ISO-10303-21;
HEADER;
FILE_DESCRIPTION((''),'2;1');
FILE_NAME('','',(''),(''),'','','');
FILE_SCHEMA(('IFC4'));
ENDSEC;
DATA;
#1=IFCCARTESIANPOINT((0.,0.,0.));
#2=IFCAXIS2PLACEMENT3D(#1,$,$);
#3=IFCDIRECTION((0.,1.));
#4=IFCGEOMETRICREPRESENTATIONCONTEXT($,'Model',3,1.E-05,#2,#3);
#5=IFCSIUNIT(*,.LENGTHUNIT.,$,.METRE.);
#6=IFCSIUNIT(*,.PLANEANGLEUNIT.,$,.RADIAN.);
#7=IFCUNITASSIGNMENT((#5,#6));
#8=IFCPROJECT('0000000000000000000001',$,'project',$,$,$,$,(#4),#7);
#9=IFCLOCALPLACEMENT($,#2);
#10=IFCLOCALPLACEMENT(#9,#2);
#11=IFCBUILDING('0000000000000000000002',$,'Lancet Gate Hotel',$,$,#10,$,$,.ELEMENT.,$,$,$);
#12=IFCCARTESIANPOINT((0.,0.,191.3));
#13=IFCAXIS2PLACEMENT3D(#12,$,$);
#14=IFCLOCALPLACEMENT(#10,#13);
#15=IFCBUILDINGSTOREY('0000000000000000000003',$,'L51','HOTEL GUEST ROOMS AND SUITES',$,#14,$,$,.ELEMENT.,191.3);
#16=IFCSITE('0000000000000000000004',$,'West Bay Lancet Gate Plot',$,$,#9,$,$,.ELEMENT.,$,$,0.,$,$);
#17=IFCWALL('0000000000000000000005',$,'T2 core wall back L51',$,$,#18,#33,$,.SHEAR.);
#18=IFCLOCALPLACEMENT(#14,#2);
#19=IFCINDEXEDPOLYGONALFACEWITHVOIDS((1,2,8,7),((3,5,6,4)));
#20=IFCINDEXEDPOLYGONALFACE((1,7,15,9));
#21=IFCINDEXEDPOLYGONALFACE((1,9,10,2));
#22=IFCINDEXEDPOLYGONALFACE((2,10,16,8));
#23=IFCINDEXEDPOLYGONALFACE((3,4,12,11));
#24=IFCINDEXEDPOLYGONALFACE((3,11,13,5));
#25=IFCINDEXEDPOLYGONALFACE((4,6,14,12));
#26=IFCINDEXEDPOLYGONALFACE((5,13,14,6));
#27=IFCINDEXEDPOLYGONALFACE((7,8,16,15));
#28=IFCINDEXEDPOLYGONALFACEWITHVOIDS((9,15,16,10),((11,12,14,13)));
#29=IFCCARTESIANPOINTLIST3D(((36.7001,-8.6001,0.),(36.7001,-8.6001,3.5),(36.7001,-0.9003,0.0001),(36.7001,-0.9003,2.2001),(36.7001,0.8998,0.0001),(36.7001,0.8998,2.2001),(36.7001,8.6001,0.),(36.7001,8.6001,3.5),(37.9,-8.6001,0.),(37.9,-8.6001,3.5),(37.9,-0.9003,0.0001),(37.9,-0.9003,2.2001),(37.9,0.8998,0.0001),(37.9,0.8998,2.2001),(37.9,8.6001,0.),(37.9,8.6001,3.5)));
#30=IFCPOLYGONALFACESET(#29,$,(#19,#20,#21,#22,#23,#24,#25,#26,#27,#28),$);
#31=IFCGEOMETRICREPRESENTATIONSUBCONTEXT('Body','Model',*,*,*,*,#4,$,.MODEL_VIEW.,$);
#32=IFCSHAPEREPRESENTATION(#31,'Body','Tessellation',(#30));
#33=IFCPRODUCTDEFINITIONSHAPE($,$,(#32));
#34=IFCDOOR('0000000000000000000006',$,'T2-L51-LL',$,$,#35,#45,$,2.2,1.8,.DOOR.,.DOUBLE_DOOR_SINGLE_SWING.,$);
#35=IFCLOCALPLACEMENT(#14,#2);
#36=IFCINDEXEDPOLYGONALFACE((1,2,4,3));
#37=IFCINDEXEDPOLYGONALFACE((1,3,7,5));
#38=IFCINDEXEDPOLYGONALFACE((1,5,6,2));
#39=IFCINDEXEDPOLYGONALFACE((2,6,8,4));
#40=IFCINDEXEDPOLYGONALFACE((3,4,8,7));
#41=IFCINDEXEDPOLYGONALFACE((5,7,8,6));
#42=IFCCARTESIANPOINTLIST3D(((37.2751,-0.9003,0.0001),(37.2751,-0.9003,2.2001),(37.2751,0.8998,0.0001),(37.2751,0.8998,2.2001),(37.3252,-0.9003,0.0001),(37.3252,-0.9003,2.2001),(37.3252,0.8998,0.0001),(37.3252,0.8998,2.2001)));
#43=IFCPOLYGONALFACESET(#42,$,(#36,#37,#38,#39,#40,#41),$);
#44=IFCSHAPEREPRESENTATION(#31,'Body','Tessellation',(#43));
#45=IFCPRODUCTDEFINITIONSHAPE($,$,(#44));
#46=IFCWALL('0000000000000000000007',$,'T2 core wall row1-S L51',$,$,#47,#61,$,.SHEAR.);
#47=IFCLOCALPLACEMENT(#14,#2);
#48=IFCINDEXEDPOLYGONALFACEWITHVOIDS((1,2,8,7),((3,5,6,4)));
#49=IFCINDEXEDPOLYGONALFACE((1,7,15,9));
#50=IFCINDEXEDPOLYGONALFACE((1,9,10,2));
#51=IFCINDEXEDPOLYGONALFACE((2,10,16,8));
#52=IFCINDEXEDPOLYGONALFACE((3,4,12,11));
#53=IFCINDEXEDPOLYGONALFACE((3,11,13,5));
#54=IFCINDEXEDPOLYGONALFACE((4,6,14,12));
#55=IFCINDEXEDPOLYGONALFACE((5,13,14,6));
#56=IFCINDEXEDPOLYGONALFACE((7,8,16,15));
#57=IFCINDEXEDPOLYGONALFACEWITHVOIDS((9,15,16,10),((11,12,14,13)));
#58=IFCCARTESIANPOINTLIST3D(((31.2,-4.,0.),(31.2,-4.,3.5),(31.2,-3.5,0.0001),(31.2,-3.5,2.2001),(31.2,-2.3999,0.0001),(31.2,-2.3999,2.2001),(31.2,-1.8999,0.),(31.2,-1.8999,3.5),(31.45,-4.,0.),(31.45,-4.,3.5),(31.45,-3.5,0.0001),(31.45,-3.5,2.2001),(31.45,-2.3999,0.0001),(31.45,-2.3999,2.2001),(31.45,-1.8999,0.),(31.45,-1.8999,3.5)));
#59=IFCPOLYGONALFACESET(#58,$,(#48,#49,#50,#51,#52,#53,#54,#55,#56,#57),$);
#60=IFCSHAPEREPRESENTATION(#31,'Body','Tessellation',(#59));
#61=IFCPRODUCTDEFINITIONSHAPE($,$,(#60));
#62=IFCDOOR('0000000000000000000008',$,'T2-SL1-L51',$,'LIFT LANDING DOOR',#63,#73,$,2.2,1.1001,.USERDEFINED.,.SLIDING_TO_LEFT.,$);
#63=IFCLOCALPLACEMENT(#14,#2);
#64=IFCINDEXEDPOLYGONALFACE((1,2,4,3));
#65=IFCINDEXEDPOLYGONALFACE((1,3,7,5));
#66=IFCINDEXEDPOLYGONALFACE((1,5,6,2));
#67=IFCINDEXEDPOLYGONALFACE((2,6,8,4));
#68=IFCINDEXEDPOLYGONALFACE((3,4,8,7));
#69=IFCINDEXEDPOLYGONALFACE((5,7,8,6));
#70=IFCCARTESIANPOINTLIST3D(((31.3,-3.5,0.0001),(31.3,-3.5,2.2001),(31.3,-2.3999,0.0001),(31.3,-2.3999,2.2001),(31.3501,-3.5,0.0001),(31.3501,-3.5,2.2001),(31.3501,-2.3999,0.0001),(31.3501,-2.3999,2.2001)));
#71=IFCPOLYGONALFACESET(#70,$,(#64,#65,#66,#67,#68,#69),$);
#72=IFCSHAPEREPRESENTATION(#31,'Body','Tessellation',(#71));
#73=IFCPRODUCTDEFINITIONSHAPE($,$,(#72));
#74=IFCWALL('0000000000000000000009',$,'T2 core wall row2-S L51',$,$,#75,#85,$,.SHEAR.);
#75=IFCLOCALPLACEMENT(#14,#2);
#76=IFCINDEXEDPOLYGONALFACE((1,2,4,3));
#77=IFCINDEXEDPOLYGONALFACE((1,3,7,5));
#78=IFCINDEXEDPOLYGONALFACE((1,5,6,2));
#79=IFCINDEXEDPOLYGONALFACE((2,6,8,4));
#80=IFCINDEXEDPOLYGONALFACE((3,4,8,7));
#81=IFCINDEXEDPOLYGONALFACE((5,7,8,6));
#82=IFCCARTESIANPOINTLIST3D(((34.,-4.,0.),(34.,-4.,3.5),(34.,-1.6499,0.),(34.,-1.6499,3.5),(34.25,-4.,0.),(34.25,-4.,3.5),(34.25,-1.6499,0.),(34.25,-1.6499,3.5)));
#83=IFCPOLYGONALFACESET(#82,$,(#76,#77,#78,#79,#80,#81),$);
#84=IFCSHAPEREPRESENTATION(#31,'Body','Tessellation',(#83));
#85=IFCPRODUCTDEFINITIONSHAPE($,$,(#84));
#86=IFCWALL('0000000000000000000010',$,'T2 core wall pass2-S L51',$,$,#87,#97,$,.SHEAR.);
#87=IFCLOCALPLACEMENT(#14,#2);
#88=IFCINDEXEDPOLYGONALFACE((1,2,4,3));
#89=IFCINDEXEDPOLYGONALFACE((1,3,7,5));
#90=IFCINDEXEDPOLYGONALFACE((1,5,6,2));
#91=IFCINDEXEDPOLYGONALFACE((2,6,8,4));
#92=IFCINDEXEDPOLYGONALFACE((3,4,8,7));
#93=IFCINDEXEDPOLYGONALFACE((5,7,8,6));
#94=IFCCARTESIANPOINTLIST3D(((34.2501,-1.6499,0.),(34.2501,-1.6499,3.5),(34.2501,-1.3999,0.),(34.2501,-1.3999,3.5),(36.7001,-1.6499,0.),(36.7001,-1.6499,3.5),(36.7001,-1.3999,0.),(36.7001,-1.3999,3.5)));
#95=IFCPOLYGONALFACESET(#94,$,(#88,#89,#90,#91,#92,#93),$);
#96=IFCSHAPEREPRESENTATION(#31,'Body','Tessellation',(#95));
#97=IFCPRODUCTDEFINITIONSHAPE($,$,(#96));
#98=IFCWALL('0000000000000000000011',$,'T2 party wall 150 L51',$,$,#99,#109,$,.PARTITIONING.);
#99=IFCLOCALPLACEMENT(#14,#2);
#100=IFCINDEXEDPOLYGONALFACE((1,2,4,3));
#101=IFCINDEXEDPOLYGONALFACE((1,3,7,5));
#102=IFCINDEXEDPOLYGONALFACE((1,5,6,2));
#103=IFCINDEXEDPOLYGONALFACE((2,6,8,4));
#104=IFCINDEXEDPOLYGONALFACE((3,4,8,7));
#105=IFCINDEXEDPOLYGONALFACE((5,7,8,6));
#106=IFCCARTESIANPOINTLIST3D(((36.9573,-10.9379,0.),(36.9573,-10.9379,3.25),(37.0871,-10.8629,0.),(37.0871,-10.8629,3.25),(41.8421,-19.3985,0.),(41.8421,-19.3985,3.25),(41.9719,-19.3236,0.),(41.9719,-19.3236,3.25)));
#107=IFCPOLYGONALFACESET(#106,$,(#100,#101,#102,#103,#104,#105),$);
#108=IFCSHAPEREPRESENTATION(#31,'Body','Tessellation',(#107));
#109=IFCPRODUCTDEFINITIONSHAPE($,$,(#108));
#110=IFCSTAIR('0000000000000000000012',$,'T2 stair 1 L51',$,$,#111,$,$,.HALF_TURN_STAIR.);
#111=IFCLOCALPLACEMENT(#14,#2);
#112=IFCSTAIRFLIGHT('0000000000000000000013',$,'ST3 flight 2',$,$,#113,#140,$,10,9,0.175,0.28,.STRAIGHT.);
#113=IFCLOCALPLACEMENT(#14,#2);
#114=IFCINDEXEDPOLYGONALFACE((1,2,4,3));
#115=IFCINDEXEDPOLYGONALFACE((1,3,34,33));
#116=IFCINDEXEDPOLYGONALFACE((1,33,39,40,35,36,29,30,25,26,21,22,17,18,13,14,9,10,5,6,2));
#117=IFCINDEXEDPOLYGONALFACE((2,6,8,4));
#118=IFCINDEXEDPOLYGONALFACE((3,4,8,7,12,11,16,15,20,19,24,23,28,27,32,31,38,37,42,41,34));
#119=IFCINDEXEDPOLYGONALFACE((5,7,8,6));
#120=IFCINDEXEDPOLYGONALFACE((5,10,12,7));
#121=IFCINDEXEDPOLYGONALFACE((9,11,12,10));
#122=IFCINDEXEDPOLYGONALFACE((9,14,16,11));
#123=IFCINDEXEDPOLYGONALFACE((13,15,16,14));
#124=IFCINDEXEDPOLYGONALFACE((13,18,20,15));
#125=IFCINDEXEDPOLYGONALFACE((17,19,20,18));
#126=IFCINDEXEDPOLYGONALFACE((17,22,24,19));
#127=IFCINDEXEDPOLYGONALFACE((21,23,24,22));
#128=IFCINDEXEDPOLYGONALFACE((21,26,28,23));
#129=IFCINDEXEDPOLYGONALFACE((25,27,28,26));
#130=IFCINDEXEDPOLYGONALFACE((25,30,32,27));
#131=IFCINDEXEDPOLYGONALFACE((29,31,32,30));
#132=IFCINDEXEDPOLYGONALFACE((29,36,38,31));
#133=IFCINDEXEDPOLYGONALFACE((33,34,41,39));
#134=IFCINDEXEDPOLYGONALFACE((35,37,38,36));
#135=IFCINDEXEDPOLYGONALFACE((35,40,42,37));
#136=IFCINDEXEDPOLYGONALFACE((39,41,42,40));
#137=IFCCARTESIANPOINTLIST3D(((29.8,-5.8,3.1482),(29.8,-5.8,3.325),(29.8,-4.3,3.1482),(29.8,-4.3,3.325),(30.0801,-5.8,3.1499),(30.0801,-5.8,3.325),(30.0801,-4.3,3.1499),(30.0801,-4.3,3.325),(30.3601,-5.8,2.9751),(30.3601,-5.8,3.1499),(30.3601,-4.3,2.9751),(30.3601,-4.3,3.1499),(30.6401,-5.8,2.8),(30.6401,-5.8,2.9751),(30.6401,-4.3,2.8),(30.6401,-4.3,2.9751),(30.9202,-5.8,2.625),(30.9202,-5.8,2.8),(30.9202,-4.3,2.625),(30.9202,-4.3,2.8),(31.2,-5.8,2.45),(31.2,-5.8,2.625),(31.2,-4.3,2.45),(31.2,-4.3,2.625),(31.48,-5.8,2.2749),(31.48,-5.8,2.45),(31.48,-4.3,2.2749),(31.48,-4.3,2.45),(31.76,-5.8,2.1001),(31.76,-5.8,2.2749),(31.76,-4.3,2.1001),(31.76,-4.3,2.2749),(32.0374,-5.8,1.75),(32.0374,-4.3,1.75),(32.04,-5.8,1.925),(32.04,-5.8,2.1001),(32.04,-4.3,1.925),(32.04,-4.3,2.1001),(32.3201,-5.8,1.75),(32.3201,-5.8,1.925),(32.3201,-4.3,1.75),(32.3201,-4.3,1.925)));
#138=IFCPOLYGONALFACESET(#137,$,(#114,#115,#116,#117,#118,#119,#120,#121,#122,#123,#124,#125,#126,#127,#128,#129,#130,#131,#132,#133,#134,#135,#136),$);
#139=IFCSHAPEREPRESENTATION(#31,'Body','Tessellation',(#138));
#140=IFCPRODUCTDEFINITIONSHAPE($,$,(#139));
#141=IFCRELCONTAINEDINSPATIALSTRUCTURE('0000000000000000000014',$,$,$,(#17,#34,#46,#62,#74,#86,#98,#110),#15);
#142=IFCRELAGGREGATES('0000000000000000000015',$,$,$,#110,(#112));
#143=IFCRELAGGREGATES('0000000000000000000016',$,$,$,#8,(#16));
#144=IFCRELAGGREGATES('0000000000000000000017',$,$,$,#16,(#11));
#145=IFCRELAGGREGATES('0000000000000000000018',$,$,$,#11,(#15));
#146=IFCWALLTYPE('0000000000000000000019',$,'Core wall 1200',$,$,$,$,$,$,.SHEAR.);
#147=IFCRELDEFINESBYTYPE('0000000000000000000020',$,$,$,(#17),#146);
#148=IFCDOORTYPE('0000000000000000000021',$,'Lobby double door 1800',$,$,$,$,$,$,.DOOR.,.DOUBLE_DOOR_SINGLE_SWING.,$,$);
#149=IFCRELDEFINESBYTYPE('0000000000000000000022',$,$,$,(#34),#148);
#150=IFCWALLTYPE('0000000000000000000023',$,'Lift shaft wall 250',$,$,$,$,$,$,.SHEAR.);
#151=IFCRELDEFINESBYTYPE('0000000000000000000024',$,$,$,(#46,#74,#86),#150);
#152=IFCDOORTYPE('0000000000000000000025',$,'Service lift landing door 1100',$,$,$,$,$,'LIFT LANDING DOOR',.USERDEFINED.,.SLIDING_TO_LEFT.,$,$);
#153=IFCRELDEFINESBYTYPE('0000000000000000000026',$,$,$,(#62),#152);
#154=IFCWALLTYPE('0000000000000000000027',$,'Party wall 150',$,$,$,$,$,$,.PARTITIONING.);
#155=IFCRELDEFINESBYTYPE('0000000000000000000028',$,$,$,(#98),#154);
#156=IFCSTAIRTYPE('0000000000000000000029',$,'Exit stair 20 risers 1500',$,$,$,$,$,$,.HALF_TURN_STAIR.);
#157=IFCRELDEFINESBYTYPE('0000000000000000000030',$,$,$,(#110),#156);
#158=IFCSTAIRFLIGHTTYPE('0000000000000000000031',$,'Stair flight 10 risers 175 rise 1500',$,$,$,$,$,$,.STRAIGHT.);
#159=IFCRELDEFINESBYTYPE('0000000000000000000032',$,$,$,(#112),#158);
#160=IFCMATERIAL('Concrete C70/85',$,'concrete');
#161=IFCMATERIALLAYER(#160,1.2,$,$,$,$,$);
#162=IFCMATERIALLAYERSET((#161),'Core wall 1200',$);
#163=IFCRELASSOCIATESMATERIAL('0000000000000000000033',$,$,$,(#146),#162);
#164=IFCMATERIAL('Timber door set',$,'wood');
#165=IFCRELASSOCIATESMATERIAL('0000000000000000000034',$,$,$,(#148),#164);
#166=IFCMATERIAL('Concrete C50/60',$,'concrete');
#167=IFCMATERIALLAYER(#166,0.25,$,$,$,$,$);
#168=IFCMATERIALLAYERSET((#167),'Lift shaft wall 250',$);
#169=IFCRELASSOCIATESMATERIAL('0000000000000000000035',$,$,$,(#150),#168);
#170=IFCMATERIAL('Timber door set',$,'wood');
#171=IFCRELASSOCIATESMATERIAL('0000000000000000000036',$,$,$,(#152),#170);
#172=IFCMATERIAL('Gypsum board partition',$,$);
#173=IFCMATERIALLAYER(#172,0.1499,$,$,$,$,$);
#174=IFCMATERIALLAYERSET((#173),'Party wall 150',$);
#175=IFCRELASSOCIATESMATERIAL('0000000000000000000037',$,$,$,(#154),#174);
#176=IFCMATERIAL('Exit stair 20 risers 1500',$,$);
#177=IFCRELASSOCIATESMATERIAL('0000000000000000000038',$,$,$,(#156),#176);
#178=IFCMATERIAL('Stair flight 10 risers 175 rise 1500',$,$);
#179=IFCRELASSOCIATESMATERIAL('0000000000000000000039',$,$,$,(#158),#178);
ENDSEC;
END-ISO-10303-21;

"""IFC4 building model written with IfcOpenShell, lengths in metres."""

from ifc_helpers import new_model, si_unit, direction, frame, frame_2d, origin, place, context, subcontext, project, spatial, polyline, rectangle, outline, extrude, material, layer, layer_set, type_object, element, fill, aggregate, save


model = new_model("IFC4")

# Units and contexts
model_context = context("Model", 3, precision=1e-05, world=origin(), true_north=direction((0.0, 1.0)))
body_context = subcontext(model_context, "Body", "Model", "MODEL_VIEW")
ifc_project = project(units=[si_unit("LENGTHUNIT", "METRE"), si_unit("PLANEANGLEUNIT", "RADIAN")], contexts=[model_context])

# Site, building, storey
site_placement = place(None, origin())
site = spatial("IfcSite", under=ifc_project, at=site_placement, Name="West Bay Lancet Gate Plot", CompositionType="ELEMENT", RefElevation=0.0)
building_placement = place(site_placement, origin())
building = spatial("IfcBuilding", under=site, at=building_placement, Name="Lancet Gate Hotel", CompositionType="ELEMENT")
storey_placement = place(building_placement, frame((0.0, 0.0, 191.3)))
storey = spatial("IfcBuildingStorey", under=building, at=storey_placement, Name="L51", Description="HOTEL GUEST ROOMS AND SUITES", CompositionType="ELEMENT", Elevation=191.3)

# Walls, openings, doors
ifc_material_1 = material(Name="Concrete C70/85", Category="concrete")
ifc_layer_1 = layer(ifc_material_1, 1.2)
ifc_layer_set_1 = layer_set([ifc_layer_1], Name="Core wall 1200")
wall_type_1 = type_object("IfcWallType", Name="Core wall 1200", PredefinedType="SHEAR", material=ifc_layer_set_1)
wall_1_placement = place(storey_placement, frame((37.3, -8.6001, 0.0), z_axis=(0.0, 0.0, 1.0), x_axis=(0.0, 1.0, 0.0)))
wall_1 = element("IfcWall", 1, at=wall_1_placement, inside=storey, type_object=wall_type_1, Name="T2 core wall back L51", PredefinedType="SHEAR", context=body_context, shape_type="SweptSolid", body=[
    extrude(rectangle(XDim=17.2002, YDim=1.2, at=frame_2d((8.6001, 0.0))), origin(), (0.0, 0.0, 1.0), 3.5),
])
opening_1_placement = place(wall_1_placement, frame((7.7, 0.0, 0.0)))
opening_1 = element("IfcOpeningElement", 2, at=opening_1_placement, cuts=wall_1, PredefinedType="OPENING", context=body_context, shape_type="SweptSolid", body=[
    extrude(rectangle(XDim=1.8, YDim=2.2, at=frame_2d((0.8999, 1.1001))), frame((0.0, 0.6099, 0.0), z_axis=(0.0, -1.0, 0.0), x_axis=(1.0, 0.0, 0.0)), (0.0, 0.0, 1.0), 1.22),
])
ifc_material_2 = material(Name="Timber door set", Category="wood")
door_type_1 = type_object("IfcDoorType", Name="Lobby double door 1800", OperationType="DOUBLE_DOOR_SINGLE_SWING", PredefinedType="DOOR", material=ifc_material_2)
door_1_placement = place(opening_1_placement, origin())
door_1 = element("IfcDoor", 3, at=door_1_placement, inside=storey, type_object=door_type_1, Name="T2-L51-LL", OperationType="DOUBLE_DOOR_SINGLE_SWING", OverallHeight=2.2, OverallWidth=1.8, PredefinedType="DOOR", context=body_context, shape_type="SweptSolid", body=[
    extrude(rectangle(XDim=1.8, YDim=2.2, at=frame_2d((0.8999, 1.1001))), frame((0.0, 0.0249, 0.0), z_axis=(0.0, -1.0, 0.0), x_axis=(1.0, 0.0, 0.0)), (0.0, 0.0, 1.0), 0.05),
])
fill(opening_1, door_1)
ifc_material_3 = material(Name="Concrete C50/60", Category="concrete")
ifc_layer_2 = layer(ifc_material_3, 0.25)
ifc_layer_set_2 = layer_set([ifc_layer_2], Name="Lift shaft wall 250")
wall_type_2 = type_object("IfcWallType", Name="Lift shaft wall 250", PredefinedType="SHEAR", material=ifc_layer_set_2)
wall_2_placement = place(storey_placement, frame((31.325, -4.0, 0.0), z_axis=(0.0, 0.0, 1.0), x_axis=(0.0, 1.0, 0.0)))
wall_2 = element("IfcWall", 4, at=wall_2_placement, inside=storey, type_object=wall_type_2, Name="T2 core wall row1-S L51", PredefinedType="SHEAR", context=body_context, shape_type="SweptSolid", body=[
    extrude(rectangle(XDim=2.1001, YDim=0.25, at=frame_2d((1.05, 0.0))), origin(), (0.0, 0.0, 1.0), 3.5),
])
opening_2_placement = place(wall_2_placement, frame((0.5, 0.0, 0.0)))
opening_2 = element("IfcOpeningElement", 5, at=opening_2_placement, cuts=wall_2, PredefinedType="OPENING", context=body_context, shape_type="SweptSolid", body=[
    extrude(rectangle(XDim=1.1001, YDim=2.2, at=frame_2d((0.55, 1.1001))), frame((0.0, 0.135, 0.0), z_axis=(0.0, -1.0, 0.0), x_axis=(1.0, 0.0, 0.0)), (0.0, 0.0, 1.0), 0.27),
])
ifc_material_4 = material(Name="Timber door set", Category="wood")
door_type_2 = type_object("IfcDoorType", Name="Service lift landing door 1100", ElementType="LIFT LANDING DOOR", OperationType="SLIDING_TO_LEFT", PredefinedType="USERDEFINED", material=ifc_material_4)
door_2_placement = place(opening_2_placement, origin())
door_2 = element("IfcDoor", 6, at=door_2_placement, inside=storey, type_object=door_type_2, Name="T2-SL1-L51", ObjectType="LIFT LANDING DOOR", OperationType="SLIDING_TO_LEFT", OverallHeight=2.2, OverallWidth=1.1001, PredefinedType="USERDEFINED", context=body_context, shape_type="SweptSolid", body=[
    extrude(rectangle(XDim=1.1001, YDim=2.2, at=frame_2d((0.55, 1.1001))), frame((0.0, 0.0249, 0.0), z_axis=(0.0, -1.0, 0.0), x_axis=(1.0, 0.0, 0.0)), (0.0, 0.0, 1.0), 0.05),
])
fill(opening_2, door_2)

# Walls
wall_3_placement = place(storey_placement, frame((34.125, -4.0, 0.0), z_axis=(0.0, 0.0, 1.0), x_axis=(0.0, 1.0, 0.0)))
element("IfcWall", 7, at=wall_3_placement, inside=storey, type_object=wall_type_2, Name="T2 core wall row2-S L51", PredefinedType="SHEAR", context=body_context, shape_type="SweptSolid", body=[
    extrude(rectangle(XDim=2.3501, YDim=0.25, at=frame_2d((1.175, 0.0))), origin(), (0.0, 0.0, 1.0), 3.5),
])
wall_4_placement = place(storey_placement, frame((34.25, -1.5249, 0.0), z_axis=(0.0, 0.0, 1.0), x_axis=(1.0, 0.0, 0.0)))
element("IfcWall", 8, at=wall_4_placement, inside=storey, type_object=wall_type_2, Name="T2 core wall pass2-S L51", PredefinedType="SHEAR", context=body_context, shape_type="SweptSolid", body=[
    extrude(rectangle(XDim=2.45, YDim=0.25, at=frame_2d((1.2251, 0.0))), origin(), (0.0, 0.0, 1.0), 3.5),
])
ifc_material_5 = material(Name="Gypsum board partition")
ifc_layer_3 = layer(ifc_material_5, 0.1499)
ifc_layer_set_3 = layer_set([ifc_layer_3], Name="Party wall 150")
wall_type_3 = type_object("IfcWallType", Name="Party wall 150", PredefinedType="PARTITIONING", material=ifc_layer_set_3)
wall_5_placement = place(storey_placement, frame((37.0222, -10.9004, 0.0), z_axis=(0.0, 0.0, 1.0), x_axis=(0.499999, -0.866026, 0.0)))
element("IfcWall", 9, at=wall_5_placement, inside=storey, type_object=wall_type_3, Name="T2 party wall 150 L51", PredefinedType="PARTITIONING", context=body_context, shape_type="SweptSolid", body=[
    extrude(rectangle(XDim=9.7695, YDim=0.1499, at=frame_2d((4.8848, 0.0))), origin(), (0.0, 0.0, 1.0), 3.25),
])

# Stair, stair flight
ifc_material_6 = material(Name="Exit stair 20 risers 1500")
stair_type = type_object("IfcStairType", Name="Exit stair 20 risers 1500", PredefinedType="HALF_TURN_STAIR", material=ifc_material_6)
stair_placement = place(storey_placement, origin())
stair = element("IfcStair", 10, at=stair_placement, inside=storey, type_object=stair_type, Name="T2 stair 1 L51", PredefinedType="HALF_TURN_STAIR")
ifc_material_7 = material(Name="Stair flight 10 risers 175 rise 1500")
stair_flight_type = type_object("IfcStairFlightType", Name="Stair flight 10 risers 175 rise 1500", PredefinedType="STRAIGHT", material=ifc_material_7)
stair_flight_placement = place(storey_placement, frame((32.3201, -5.05, 1.75), z_axis=(0.0, 0.0, 1.0), x_axis=(-1.0, 0.0, 0.0)))
stair_flight = element("IfcStairFlight", 11, at=stair_flight_placement, type_object=stair_flight_type, Name="ST3 flight 2", NumberOfRisers=10, NumberOfTreads=9, PredefinedType="STRAIGHT", RiserHeight=0.175, TreadLength=0.28, context=body_context, shape_type="SweptSolid", body=[
    extrude(outline(polyline([(0.0, 0.0), (0.0, 0.175), (0.28, 0.175), (0.28, 0.3501), (0.5601, 0.3501), (0.5601, 0.5249), (0.8401, 0.5249), (0.8401, 0.7), (1.1201, 0.7), (1.1201, 0.875), (1.3999, 0.875), (1.3999, 1.05), (1.6799, 1.05), (1.6799, 1.2251), (1.96, 1.2251), (1.96, 1.3999), (2.24, 1.3999), (2.24, 1.575), (2.52, 1.575), (2.52, 1.75), (2.52, 1.3982), (0.2827, 0.0), (0.0, 0.0)])), frame((0.0, 0.75, 0.0), z_axis=(0.0, -1.0, 0.0), x_axis=(1.0, 0.0, 0.0)), (0.0, 0.0, 1.0), 1.5),
])
aggregate(stair, [stair_flight])

save(model, "model.ifc")
